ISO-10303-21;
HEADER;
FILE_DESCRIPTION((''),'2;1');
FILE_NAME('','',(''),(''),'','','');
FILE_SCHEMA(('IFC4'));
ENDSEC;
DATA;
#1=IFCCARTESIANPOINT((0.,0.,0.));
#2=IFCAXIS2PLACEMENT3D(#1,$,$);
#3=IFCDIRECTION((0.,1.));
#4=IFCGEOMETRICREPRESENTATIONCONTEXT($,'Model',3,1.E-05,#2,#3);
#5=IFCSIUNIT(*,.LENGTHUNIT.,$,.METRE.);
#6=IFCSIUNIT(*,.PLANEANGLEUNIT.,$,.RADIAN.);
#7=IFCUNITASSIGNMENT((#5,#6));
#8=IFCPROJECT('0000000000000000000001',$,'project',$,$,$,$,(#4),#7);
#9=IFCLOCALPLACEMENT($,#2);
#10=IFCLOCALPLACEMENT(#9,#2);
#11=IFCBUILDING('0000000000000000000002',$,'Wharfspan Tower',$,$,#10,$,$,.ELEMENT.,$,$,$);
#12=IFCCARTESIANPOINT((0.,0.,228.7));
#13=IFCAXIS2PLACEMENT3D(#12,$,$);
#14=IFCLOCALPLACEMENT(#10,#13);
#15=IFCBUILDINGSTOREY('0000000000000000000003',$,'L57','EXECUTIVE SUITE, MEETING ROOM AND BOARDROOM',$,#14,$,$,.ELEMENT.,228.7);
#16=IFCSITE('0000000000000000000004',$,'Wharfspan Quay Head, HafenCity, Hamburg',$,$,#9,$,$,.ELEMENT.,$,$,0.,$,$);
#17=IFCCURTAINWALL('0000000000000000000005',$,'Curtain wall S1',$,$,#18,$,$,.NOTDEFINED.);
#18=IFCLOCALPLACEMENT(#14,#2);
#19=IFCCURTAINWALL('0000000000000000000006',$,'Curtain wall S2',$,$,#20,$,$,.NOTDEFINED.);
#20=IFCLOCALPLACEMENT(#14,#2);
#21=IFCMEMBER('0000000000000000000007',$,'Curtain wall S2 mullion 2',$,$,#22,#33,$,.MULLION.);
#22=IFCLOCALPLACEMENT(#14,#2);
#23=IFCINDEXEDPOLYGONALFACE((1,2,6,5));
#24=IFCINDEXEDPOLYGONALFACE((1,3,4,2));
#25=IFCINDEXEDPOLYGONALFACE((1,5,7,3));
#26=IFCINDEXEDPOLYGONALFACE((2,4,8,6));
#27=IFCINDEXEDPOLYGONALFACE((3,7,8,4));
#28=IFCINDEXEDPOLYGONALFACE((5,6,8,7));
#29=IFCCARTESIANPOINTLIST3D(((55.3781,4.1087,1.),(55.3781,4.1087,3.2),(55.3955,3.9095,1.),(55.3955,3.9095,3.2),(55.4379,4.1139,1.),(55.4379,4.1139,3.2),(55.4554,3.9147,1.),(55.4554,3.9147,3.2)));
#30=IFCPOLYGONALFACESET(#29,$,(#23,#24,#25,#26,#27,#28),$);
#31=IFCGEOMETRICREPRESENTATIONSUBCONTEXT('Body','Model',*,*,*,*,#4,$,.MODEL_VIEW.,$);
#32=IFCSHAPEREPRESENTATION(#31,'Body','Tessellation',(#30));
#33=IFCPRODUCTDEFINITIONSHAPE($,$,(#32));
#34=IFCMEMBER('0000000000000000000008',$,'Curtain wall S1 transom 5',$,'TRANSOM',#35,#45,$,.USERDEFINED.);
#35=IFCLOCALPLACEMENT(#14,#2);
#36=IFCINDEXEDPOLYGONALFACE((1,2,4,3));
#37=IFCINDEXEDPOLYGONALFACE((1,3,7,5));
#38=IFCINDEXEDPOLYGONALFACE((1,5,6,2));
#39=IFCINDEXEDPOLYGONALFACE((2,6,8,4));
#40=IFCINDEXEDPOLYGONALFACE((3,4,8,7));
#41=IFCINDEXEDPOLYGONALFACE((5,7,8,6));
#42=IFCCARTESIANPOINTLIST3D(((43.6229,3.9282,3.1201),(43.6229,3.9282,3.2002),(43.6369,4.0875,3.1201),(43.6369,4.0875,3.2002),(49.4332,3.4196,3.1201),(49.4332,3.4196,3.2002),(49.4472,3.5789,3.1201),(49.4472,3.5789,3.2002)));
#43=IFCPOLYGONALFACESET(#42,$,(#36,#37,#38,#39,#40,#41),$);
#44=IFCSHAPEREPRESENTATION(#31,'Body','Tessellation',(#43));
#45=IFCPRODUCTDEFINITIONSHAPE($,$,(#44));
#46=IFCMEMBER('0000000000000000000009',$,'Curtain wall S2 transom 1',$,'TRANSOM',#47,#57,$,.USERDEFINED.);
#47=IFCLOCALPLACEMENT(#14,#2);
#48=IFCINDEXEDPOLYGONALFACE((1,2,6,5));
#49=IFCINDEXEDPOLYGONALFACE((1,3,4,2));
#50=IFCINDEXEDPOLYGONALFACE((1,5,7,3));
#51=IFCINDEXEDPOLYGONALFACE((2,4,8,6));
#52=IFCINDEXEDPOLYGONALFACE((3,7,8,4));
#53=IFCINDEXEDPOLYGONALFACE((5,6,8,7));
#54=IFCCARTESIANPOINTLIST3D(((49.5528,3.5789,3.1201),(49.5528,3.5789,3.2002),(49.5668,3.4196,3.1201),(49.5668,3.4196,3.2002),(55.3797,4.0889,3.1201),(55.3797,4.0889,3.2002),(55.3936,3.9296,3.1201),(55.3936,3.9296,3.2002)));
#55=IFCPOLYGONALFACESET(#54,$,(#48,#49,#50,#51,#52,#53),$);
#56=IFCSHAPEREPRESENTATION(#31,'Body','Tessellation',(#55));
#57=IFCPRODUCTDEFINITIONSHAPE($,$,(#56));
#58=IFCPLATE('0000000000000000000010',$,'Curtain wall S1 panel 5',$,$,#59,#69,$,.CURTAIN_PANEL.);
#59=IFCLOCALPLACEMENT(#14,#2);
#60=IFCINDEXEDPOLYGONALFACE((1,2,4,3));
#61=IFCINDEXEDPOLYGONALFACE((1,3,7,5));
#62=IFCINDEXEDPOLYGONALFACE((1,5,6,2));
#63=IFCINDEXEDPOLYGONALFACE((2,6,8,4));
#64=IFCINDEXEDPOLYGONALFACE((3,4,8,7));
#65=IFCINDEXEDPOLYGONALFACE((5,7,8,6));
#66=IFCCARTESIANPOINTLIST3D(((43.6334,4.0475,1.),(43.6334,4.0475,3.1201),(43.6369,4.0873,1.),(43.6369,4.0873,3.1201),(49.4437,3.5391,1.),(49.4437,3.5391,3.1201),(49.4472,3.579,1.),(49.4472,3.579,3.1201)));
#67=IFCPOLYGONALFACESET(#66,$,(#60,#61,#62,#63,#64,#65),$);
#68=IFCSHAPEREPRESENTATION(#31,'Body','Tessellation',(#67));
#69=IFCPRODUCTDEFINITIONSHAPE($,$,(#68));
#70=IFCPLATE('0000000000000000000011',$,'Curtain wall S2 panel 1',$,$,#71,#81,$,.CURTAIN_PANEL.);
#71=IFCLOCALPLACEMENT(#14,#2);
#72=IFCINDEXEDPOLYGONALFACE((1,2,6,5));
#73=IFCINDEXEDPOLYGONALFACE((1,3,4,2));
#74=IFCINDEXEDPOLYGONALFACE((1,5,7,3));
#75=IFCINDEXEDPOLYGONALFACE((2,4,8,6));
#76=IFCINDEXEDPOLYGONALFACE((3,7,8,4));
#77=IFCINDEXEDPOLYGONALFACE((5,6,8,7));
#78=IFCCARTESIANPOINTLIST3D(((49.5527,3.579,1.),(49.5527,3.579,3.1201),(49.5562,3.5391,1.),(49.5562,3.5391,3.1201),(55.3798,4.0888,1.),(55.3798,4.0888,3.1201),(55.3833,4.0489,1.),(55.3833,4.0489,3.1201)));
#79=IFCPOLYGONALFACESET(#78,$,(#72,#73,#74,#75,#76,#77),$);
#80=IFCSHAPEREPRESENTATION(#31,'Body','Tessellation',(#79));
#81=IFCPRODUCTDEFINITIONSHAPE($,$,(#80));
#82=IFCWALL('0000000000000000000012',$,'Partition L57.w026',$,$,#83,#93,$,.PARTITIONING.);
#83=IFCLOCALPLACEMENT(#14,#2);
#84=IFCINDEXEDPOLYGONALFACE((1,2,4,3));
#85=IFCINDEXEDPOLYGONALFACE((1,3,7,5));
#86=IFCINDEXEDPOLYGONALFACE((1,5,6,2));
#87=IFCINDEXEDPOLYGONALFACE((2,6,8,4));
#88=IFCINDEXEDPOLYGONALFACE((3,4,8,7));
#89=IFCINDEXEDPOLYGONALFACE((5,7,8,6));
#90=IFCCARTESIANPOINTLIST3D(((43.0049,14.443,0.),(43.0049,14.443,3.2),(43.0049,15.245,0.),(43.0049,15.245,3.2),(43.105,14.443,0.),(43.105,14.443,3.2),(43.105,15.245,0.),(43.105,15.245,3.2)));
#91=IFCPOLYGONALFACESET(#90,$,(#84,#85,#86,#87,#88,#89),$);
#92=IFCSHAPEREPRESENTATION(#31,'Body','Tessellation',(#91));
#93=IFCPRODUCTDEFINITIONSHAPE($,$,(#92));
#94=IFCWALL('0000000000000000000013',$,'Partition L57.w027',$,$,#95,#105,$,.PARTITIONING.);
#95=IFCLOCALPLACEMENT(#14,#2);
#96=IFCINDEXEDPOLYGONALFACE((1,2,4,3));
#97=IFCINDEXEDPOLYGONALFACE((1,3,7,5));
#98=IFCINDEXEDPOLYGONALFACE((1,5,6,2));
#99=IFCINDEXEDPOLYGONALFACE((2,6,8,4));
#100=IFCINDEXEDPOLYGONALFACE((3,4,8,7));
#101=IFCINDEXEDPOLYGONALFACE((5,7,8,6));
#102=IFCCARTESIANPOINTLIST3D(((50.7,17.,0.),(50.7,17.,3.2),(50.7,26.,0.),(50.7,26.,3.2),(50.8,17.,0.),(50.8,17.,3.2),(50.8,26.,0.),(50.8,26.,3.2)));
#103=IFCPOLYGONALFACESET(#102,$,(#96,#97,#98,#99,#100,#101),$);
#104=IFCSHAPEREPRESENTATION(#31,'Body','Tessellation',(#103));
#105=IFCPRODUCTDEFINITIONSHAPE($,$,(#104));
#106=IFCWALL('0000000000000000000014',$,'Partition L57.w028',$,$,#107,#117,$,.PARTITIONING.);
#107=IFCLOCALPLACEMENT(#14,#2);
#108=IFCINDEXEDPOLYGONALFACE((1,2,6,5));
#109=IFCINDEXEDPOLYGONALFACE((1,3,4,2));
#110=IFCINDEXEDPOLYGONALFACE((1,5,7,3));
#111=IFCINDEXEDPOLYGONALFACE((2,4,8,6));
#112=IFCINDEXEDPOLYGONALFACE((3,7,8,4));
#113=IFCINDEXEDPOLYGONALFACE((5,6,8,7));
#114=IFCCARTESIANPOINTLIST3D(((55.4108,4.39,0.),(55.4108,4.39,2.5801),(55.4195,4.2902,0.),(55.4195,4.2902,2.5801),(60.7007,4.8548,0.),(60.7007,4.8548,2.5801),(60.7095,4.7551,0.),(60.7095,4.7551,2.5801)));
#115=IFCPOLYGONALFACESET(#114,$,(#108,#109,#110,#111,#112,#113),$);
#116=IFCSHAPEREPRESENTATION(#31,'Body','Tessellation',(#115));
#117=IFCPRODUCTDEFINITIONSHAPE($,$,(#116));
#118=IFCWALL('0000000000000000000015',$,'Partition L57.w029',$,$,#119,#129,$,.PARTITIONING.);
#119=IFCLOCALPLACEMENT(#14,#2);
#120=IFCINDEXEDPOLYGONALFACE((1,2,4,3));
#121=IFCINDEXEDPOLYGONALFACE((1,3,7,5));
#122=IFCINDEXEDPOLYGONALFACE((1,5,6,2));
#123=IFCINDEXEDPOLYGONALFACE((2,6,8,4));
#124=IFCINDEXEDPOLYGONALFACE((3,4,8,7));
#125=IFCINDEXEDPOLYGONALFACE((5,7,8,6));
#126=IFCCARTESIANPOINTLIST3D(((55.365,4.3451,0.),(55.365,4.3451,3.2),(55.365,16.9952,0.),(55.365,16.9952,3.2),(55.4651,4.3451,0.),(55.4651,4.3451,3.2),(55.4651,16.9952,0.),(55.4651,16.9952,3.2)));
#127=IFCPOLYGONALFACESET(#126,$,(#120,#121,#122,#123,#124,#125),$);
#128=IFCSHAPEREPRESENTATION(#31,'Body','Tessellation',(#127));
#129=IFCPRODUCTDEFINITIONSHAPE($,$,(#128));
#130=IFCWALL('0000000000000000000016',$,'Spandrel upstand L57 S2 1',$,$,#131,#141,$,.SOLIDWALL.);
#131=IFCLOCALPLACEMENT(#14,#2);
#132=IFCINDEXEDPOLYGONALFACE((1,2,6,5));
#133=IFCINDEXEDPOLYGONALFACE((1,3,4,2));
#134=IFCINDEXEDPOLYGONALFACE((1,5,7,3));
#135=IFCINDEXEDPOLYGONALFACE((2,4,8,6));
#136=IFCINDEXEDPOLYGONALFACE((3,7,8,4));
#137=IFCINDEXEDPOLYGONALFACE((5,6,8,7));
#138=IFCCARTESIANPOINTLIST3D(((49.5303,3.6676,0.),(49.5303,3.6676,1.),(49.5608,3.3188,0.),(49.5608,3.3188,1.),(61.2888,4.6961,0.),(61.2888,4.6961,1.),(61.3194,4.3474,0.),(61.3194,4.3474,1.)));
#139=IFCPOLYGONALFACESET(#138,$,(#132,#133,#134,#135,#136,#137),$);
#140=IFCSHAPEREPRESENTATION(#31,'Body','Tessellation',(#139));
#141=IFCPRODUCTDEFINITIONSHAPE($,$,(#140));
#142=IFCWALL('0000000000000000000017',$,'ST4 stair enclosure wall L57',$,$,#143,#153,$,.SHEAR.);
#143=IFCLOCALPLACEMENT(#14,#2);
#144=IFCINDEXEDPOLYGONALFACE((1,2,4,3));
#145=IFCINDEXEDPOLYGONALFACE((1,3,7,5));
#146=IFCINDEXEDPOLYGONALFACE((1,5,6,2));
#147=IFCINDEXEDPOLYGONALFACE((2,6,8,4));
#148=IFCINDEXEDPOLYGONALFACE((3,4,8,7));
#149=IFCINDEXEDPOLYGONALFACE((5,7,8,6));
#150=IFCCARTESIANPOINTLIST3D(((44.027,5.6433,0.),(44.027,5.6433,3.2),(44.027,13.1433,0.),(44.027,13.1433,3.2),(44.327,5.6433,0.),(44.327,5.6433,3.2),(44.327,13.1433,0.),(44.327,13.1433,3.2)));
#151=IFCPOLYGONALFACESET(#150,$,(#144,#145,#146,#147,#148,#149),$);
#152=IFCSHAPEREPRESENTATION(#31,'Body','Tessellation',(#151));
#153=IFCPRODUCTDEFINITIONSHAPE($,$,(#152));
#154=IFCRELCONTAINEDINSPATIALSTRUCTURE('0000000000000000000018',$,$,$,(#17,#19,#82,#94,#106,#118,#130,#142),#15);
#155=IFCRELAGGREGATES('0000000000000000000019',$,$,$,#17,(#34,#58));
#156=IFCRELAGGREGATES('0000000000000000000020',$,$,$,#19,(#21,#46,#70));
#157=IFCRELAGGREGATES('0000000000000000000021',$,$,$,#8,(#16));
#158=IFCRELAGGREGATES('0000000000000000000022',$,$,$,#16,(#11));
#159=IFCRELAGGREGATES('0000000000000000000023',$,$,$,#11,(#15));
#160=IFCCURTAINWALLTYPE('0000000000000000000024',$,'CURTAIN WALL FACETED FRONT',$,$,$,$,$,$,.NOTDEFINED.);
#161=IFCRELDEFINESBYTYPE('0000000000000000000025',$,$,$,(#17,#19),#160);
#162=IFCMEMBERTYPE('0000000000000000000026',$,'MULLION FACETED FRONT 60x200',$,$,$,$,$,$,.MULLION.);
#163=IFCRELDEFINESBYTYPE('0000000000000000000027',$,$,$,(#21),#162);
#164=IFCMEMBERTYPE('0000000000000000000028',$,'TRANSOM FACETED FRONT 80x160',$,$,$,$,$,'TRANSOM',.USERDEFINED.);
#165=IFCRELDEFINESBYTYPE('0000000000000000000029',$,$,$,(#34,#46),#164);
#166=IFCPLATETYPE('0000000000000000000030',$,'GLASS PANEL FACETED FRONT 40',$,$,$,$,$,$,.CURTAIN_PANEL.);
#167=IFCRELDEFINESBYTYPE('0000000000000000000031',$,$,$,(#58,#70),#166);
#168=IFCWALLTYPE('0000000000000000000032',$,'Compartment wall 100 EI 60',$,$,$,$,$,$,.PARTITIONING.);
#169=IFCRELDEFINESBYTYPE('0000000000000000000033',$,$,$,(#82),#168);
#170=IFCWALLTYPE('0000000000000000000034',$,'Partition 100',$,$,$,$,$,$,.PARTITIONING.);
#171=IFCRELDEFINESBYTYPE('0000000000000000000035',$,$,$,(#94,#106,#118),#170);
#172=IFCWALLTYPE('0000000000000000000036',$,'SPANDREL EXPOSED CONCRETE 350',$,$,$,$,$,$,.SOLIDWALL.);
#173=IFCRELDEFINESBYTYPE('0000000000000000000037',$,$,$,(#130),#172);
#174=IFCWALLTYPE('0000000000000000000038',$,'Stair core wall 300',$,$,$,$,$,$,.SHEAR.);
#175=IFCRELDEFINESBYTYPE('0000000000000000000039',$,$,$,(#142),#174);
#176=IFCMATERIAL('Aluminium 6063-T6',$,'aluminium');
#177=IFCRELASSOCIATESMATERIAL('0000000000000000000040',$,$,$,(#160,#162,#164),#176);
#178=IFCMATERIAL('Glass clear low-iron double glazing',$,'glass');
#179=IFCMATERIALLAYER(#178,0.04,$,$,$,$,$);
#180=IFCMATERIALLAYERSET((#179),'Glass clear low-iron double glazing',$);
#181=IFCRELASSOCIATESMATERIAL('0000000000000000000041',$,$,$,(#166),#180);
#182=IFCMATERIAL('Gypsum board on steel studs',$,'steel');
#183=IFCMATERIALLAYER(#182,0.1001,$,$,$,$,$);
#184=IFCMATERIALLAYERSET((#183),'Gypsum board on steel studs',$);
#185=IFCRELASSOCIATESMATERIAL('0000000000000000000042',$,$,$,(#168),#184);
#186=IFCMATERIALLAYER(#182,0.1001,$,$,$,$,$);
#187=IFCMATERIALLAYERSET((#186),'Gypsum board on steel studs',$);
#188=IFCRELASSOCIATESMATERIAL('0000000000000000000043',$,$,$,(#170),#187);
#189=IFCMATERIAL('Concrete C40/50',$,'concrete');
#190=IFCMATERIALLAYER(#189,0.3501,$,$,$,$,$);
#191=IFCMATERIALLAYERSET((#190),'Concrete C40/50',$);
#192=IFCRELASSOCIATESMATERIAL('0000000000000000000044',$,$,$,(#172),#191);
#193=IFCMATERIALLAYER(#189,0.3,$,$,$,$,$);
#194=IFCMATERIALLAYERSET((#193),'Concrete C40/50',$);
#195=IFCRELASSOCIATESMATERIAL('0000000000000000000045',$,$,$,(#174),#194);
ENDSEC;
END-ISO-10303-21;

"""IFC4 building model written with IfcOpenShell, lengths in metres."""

from ifc_helpers import new_model, si_unit, direction, frame, frame_2d, origin, origin_2d, place, context, subcontext, project, spatial, rectangle, extrude, material, layer, layer_set, material_profile, profile_set, type_object, element, aggregate, save


model = new_model("IFC4")

# Units and contexts
model_context = context("Model", 3, precision=1e-05, world=origin(), true_north=direction((0.0, 1.0)))
body_context = subcontext(model_context, "Body", "Model", "MODEL_VIEW")
ifc_project = project(units=[si_unit("LENGTHUNIT", "METRE"), si_unit("PLANEANGLEUNIT", "RADIAN")], contexts=[model_context])

# Site, building, storey
site_placement = place(None, origin())
site = spatial("IfcSite", under=ifc_project, at=site_placement, Name="Wharfspan Quay Head, HafenCity, Hamburg", CompositionType="ELEMENT", RefElevation=0.0)
building_placement = place(site_placement, origin())
building = spatial("IfcBuilding", under=site, at=building_placement, Name="Wharfspan Tower", CompositionType="ELEMENT")
storey_placement = place(building_placement, frame((0.0, 0.0, 228.7)))
storey = spatial("IfcBuildingStorey", under=building, at=storey_placement, Name="L57", Description="EXECUTIVE SUITE, MEETING ROOM AND BOARDROOM", CompositionType="ELEMENT", Elevation=228.7)

# Curtain walls, member
ifc_material_1 = material(Name="Aluminium 6063-T6", Category="aluminium")
curtain_wall_type = type_object("IfcCurtainWallType", Name="CURTAIN WALL FACETED FRONT", PredefinedType="NOTDEFINED", material=ifc_material_1)
curtain_wall_1_placement = place(storey_placement, origin())
curtain_wall_1 = element("IfcCurtainWall", 1, at=curtain_wall_1_placement, inside=storey, type_object=curtain_wall_type, Name="Curtain wall S1", PredefinedType="NOTDEFINED")
ifc_material_profile_1 = material_profile(ifc_material_1, rectangle(XDim=0.2, YDim=0.0601, at=origin_2d()))
ifc_profile_set_1 = profile_set([ifc_material_profile_1], Name="Aluminium 6063-T6")
member_type_1 = type_object("IfcMemberType", Name="MULLION FACETED FRONT 60x200", PredefinedType="MULLION", material=ifc_profile_set_1)
curtain_wall_2_placement = place(storey_placement, origin())
curtain_wall_2 = element("IfcCurtainWall", 2, at=curtain_wall_2_placement, inside=storey, type_object=curtain_wall_type, Name="Curtain wall S2", PredefinedType="NOTDEFINED")
member_1_placement = place(storey_placement, frame((55.4167, 4.0117, 1.0), z_axis=(0.0, 0.0, 1.0), x_axis=(-0.087156, 0.996197, 0.0)))
member_1 = element("IfcMember", 3, at=member_1_placement, type_object=member_type_1, Name="Curtain wall S2 mullion 2", PredefinedType="MULLION", context=body_context, shape_type="SweptSolid", body=[
    extrude(rectangle(XDim=0.2, YDim=0.0601, at=origin_2d()), origin(), (0.0, 0.0, 1.0), 2.2),
])

# Members
ifc_material_profile_2 = material_profile(ifc_material_1, rectangle(XDim=0.1599, YDim=0.0801, at=origin_2d()))
ifc_profile_set_2 = profile_set([ifc_material_profile_2], Name="Aluminium 6063-T6")
member_type_2 = type_object("IfcMemberType", Name="TRANSOM FACETED FRONT 80x160", ElementType="TRANSOM", PredefinedType="USERDEFINED", material=ifc_profile_set_2)
member_2_placement = place(storey_placement, frame((43.6299, 4.0078, 3.1602), z_axis=(0.996192, -0.087191, 0.0), x_axis=(0.087191, 0.996192, 0.0)))
member_2 = element("IfcMember", 4, at=member_2_placement, type_object=member_type_2, Name="Curtain wall S1 transom 5", ObjectType="TRANSOM", PredefinedType="USERDEFINED", context=body_context, shape_type="SweptSolid", body=[
    extrude(rectangle(XDim=0.1599, YDim=0.0801, at=origin_2d()), origin(), (0.0, 0.0, 1.0), 5.8325),
])
member_3_placement = place(storey_placement, frame((49.5598, 3.4993, 3.1602), z_axis=(0.996191, 0.087193, 0.0), x_axis=(-0.087193, 0.996191, 0.0)))
member_3 = element("IfcMember", 5, at=member_3_placement, type_object=member_type_2, Name="Curtain wall S2 transom 1", ObjectType="TRANSOM", PredefinedType="USERDEFINED", context=body_context, shape_type="SweptSolid", body=[
    extrude(rectangle(XDim=0.1599, YDim=0.0801, at=origin_2d()), origin(), (0.0, 0.0, 1.0), 5.8491),
])

# Plates
ifc_material_2 = material(Name="Glass clear low-iron double glazing", Category="glass")
ifc_layer_1 = layer(ifc_material_2, 0.04)
ifc_layer_set_1 = layer_set([ifc_layer_1], Name="Glass clear low-iron double glazing")
plate_type = type_object("IfcPlateType", Name="GLASS PANEL FACETED FRONT 40", PredefinedType="CURTAIN_PANEL", material=ifc_layer_set_1)
plate_1_placement = place(storey_placement, frame((46.5403, 3.8132, 1.0), z_axis=(0.0, 0.0, 1.0), x_axis=(0.996197, -0.087156, 0.0)))
plate_1 = element("IfcPlate", 6, at=plate_1_placement, type_object=plate_type, Name="Curtain wall S1 panel 5", PredefinedType="CURTAIN_PANEL", context=body_context, shape_type="SweptSolid", body=[
    extrude(rectangle(XDim=5.8325, YDim=0.04, at=origin_2d()), origin(), (0.0, 0.0, 1.0), 2.1201),
])
aggregate(curtain_wall_1, [member_2, plate_1])
plate_2_placement = place(storey_placement, frame((52.468, 3.814, 1.0), z_axis=(0.0, 0.0, 1.0), x_axis=(0.996197, 0.087156, 0.0)))
plate_2 = element("IfcPlate", 7, at=plate_2_placement, type_object=plate_type, Name="Curtain wall S2 panel 1", PredefinedType="CURTAIN_PANEL", context=body_context, shape_type="SweptSolid", body=[
    extrude(rectangle(XDim=5.8494, YDim=0.04, at=origin_2d()), origin(), (0.0, 0.0, 1.0), 2.1201),
])
aggregate(curtain_wall_2, [member_1, member_3, plate_2])

# Walls
ifc_material_3 = material(Name="Gypsum board on steel studs", Category="steel")
ifc_layer_2 = layer(ifc_material_3, 0.1001)
ifc_layer_set_2 = layer_set([ifc_layer_2], Name="Gypsum board on steel studs")
wall_type_1 = type_object("IfcWallType", Name="Compartment wall 100 EI 60", PredefinedType="PARTITIONING", material=ifc_layer_set_2)
wall_1_placement = place(storey_placement, frame((43.0549, 14.4431, 0.0), z_axis=(0.0, 0.0, 1.0), x_axis=(0.0, 1.0, 0.0)))
element("IfcWall", 8, at=wall_1_placement, inside=storey, type_object=wall_type_1, Name="Partition L57.w026", PredefinedType="PARTITIONING", context=body_context, shape_type="SweptSolid", body=[
    extrude(rectangle(XDim=0.802, YDim=0.1001, at=frame_2d((0.4009, 0.0))), origin(), (0.0, 0.0, 1.0), 3.2),
])
ifc_layer_3 = layer(ifc_material_3, 0.1001)
ifc_layer_set_3 = layer_set([ifc_layer_3], Name="Gypsum board on steel studs")
wall_type_2 = type_object("IfcWallType", Name="Partition 100", PredefinedType="PARTITIONING", material=ifc_layer_set_3)
wall_2_placement = place(storey_placement, frame((50.75, 17.0, 0.0), z_axis=(0.0, 0.0, 1.0), x_axis=(0.0, 1.0, 0.0)))
element("IfcWall", 9, at=wall_2_placement, inside=storey, type_object=wall_type_2, Name="Partition L57.w027", PredefinedType="PARTITIONING", context=body_context, shape_type="SweptSolid", body=[
    extrude(rectangle(XDim=9.0, YDim=0.1001, at=frame_2d((4.5, 0.0))), origin(), (0.0, 0.0, 1.0), 3.2),
])
wall_3_placement = place(storey_placement, frame((55.415, 4.3401, 0.0), z_axis=(0.0, 0.0, 1.0), x_axis=(0.996159, 0.087534, 0.0)))
element("IfcWall", 10, at=wall_3_placement, inside=storey, type_object=wall_type_2, Name="Partition L57.w028", PredefinedType="PARTITIONING", context=body_context, shape_type="SweptSolid", body=[
    extrude(rectangle(XDim=5.3103, YDim=0.1001, at=frame_2d((2.6553, 0.0))), origin(), (0.0, 0.0, 1.0), 2.5801),
])
wall_4_placement = place(storey_placement, frame((55.415, 4.345, 0.0), z_axis=(0.0, 0.0, 1.0), x_axis=(0.0, 1.0, 0.0)))
element("IfcWall", 11, at=wall_4_placement, inside=storey, type_object=wall_type_2, Name="Partition L57.w029", PredefinedType="PARTITIONING", context=body_context, shape_type="SweptSolid", body=[
    extrude(rectangle(XDim=12.6501, YDim=0.1001, at=frame_2d((6.3252, 0.0))), origin(), (0.0, 0.0, 1.0), 3.2),
])
ifc_material_4 = material(Name="Concrete C40/50", Category="concrete")
ifc_layer_4 = layer(ifc_material_4, 0.3501)
ifc_layer_set_4 = layer_set([ifc_layer_4], Name="Concrete C40/50")
wall_type_3 = type_object("IfcWallType", Name="SPANDREL EXPOSED CONCRETE 350", PredefinedType="SOLIDWALL", material=ifc_layer_set_4)
wall_5_placement = place(storey_placement, frame((49.5454, 3.4932, 0.0), z_axis=(0.0, 0.0, 1.0), x_axis=(0.996196, 0.087141, 0.0)))
element("IfcWall", 12, at=wall_5_placement, inside=storey, type_object=wall_type_3, Name="Spandrel upstand L57 S2 1", PredefinedType="SOLIDWALL", context=body_context, shape_type="SweptSolid", body=[
    extrude(rectangle(XDim=11.8035, YDim=0.3501, at=frame_2d((5.9019, 0.0))), origin(), (0.0, 0.0, 1.0), 1.0),
])
ifc_layer_5 = layer(ifc_material_4, 0.3)
ifc_layer_set_5 = layer_set([ifc_layer_5], Name="Concrete C40/50")
wall_type_4 = type_object("IfcWallType", Name="Stair core wall 300", PredefinedType="SHEAR", material=ifc_layer_set_5)
wall_6_placement = place(storey_placement, frame((44.177, 5.6433, 0.0), z_axis=(0.0, 0.0, 1.0), x_axis=(0.0, 1.0, 0.0)))
element("IfcWall", 13, at=wall_6_placement, inside=storey, type_object=wall_type_4, Name="ST4 stair enclosure wall L57", PredefinedType="SHEAR", context=body_context, shape_type="SweptSolid", body=[
    extrude(rectangle(XDim=7.5, YDim=0.3, at=frame_2d((3.75, 0.0))), origin(), (0.0, 0.0, 1.0), 3.2),
])

save(model, "model.ifc")
